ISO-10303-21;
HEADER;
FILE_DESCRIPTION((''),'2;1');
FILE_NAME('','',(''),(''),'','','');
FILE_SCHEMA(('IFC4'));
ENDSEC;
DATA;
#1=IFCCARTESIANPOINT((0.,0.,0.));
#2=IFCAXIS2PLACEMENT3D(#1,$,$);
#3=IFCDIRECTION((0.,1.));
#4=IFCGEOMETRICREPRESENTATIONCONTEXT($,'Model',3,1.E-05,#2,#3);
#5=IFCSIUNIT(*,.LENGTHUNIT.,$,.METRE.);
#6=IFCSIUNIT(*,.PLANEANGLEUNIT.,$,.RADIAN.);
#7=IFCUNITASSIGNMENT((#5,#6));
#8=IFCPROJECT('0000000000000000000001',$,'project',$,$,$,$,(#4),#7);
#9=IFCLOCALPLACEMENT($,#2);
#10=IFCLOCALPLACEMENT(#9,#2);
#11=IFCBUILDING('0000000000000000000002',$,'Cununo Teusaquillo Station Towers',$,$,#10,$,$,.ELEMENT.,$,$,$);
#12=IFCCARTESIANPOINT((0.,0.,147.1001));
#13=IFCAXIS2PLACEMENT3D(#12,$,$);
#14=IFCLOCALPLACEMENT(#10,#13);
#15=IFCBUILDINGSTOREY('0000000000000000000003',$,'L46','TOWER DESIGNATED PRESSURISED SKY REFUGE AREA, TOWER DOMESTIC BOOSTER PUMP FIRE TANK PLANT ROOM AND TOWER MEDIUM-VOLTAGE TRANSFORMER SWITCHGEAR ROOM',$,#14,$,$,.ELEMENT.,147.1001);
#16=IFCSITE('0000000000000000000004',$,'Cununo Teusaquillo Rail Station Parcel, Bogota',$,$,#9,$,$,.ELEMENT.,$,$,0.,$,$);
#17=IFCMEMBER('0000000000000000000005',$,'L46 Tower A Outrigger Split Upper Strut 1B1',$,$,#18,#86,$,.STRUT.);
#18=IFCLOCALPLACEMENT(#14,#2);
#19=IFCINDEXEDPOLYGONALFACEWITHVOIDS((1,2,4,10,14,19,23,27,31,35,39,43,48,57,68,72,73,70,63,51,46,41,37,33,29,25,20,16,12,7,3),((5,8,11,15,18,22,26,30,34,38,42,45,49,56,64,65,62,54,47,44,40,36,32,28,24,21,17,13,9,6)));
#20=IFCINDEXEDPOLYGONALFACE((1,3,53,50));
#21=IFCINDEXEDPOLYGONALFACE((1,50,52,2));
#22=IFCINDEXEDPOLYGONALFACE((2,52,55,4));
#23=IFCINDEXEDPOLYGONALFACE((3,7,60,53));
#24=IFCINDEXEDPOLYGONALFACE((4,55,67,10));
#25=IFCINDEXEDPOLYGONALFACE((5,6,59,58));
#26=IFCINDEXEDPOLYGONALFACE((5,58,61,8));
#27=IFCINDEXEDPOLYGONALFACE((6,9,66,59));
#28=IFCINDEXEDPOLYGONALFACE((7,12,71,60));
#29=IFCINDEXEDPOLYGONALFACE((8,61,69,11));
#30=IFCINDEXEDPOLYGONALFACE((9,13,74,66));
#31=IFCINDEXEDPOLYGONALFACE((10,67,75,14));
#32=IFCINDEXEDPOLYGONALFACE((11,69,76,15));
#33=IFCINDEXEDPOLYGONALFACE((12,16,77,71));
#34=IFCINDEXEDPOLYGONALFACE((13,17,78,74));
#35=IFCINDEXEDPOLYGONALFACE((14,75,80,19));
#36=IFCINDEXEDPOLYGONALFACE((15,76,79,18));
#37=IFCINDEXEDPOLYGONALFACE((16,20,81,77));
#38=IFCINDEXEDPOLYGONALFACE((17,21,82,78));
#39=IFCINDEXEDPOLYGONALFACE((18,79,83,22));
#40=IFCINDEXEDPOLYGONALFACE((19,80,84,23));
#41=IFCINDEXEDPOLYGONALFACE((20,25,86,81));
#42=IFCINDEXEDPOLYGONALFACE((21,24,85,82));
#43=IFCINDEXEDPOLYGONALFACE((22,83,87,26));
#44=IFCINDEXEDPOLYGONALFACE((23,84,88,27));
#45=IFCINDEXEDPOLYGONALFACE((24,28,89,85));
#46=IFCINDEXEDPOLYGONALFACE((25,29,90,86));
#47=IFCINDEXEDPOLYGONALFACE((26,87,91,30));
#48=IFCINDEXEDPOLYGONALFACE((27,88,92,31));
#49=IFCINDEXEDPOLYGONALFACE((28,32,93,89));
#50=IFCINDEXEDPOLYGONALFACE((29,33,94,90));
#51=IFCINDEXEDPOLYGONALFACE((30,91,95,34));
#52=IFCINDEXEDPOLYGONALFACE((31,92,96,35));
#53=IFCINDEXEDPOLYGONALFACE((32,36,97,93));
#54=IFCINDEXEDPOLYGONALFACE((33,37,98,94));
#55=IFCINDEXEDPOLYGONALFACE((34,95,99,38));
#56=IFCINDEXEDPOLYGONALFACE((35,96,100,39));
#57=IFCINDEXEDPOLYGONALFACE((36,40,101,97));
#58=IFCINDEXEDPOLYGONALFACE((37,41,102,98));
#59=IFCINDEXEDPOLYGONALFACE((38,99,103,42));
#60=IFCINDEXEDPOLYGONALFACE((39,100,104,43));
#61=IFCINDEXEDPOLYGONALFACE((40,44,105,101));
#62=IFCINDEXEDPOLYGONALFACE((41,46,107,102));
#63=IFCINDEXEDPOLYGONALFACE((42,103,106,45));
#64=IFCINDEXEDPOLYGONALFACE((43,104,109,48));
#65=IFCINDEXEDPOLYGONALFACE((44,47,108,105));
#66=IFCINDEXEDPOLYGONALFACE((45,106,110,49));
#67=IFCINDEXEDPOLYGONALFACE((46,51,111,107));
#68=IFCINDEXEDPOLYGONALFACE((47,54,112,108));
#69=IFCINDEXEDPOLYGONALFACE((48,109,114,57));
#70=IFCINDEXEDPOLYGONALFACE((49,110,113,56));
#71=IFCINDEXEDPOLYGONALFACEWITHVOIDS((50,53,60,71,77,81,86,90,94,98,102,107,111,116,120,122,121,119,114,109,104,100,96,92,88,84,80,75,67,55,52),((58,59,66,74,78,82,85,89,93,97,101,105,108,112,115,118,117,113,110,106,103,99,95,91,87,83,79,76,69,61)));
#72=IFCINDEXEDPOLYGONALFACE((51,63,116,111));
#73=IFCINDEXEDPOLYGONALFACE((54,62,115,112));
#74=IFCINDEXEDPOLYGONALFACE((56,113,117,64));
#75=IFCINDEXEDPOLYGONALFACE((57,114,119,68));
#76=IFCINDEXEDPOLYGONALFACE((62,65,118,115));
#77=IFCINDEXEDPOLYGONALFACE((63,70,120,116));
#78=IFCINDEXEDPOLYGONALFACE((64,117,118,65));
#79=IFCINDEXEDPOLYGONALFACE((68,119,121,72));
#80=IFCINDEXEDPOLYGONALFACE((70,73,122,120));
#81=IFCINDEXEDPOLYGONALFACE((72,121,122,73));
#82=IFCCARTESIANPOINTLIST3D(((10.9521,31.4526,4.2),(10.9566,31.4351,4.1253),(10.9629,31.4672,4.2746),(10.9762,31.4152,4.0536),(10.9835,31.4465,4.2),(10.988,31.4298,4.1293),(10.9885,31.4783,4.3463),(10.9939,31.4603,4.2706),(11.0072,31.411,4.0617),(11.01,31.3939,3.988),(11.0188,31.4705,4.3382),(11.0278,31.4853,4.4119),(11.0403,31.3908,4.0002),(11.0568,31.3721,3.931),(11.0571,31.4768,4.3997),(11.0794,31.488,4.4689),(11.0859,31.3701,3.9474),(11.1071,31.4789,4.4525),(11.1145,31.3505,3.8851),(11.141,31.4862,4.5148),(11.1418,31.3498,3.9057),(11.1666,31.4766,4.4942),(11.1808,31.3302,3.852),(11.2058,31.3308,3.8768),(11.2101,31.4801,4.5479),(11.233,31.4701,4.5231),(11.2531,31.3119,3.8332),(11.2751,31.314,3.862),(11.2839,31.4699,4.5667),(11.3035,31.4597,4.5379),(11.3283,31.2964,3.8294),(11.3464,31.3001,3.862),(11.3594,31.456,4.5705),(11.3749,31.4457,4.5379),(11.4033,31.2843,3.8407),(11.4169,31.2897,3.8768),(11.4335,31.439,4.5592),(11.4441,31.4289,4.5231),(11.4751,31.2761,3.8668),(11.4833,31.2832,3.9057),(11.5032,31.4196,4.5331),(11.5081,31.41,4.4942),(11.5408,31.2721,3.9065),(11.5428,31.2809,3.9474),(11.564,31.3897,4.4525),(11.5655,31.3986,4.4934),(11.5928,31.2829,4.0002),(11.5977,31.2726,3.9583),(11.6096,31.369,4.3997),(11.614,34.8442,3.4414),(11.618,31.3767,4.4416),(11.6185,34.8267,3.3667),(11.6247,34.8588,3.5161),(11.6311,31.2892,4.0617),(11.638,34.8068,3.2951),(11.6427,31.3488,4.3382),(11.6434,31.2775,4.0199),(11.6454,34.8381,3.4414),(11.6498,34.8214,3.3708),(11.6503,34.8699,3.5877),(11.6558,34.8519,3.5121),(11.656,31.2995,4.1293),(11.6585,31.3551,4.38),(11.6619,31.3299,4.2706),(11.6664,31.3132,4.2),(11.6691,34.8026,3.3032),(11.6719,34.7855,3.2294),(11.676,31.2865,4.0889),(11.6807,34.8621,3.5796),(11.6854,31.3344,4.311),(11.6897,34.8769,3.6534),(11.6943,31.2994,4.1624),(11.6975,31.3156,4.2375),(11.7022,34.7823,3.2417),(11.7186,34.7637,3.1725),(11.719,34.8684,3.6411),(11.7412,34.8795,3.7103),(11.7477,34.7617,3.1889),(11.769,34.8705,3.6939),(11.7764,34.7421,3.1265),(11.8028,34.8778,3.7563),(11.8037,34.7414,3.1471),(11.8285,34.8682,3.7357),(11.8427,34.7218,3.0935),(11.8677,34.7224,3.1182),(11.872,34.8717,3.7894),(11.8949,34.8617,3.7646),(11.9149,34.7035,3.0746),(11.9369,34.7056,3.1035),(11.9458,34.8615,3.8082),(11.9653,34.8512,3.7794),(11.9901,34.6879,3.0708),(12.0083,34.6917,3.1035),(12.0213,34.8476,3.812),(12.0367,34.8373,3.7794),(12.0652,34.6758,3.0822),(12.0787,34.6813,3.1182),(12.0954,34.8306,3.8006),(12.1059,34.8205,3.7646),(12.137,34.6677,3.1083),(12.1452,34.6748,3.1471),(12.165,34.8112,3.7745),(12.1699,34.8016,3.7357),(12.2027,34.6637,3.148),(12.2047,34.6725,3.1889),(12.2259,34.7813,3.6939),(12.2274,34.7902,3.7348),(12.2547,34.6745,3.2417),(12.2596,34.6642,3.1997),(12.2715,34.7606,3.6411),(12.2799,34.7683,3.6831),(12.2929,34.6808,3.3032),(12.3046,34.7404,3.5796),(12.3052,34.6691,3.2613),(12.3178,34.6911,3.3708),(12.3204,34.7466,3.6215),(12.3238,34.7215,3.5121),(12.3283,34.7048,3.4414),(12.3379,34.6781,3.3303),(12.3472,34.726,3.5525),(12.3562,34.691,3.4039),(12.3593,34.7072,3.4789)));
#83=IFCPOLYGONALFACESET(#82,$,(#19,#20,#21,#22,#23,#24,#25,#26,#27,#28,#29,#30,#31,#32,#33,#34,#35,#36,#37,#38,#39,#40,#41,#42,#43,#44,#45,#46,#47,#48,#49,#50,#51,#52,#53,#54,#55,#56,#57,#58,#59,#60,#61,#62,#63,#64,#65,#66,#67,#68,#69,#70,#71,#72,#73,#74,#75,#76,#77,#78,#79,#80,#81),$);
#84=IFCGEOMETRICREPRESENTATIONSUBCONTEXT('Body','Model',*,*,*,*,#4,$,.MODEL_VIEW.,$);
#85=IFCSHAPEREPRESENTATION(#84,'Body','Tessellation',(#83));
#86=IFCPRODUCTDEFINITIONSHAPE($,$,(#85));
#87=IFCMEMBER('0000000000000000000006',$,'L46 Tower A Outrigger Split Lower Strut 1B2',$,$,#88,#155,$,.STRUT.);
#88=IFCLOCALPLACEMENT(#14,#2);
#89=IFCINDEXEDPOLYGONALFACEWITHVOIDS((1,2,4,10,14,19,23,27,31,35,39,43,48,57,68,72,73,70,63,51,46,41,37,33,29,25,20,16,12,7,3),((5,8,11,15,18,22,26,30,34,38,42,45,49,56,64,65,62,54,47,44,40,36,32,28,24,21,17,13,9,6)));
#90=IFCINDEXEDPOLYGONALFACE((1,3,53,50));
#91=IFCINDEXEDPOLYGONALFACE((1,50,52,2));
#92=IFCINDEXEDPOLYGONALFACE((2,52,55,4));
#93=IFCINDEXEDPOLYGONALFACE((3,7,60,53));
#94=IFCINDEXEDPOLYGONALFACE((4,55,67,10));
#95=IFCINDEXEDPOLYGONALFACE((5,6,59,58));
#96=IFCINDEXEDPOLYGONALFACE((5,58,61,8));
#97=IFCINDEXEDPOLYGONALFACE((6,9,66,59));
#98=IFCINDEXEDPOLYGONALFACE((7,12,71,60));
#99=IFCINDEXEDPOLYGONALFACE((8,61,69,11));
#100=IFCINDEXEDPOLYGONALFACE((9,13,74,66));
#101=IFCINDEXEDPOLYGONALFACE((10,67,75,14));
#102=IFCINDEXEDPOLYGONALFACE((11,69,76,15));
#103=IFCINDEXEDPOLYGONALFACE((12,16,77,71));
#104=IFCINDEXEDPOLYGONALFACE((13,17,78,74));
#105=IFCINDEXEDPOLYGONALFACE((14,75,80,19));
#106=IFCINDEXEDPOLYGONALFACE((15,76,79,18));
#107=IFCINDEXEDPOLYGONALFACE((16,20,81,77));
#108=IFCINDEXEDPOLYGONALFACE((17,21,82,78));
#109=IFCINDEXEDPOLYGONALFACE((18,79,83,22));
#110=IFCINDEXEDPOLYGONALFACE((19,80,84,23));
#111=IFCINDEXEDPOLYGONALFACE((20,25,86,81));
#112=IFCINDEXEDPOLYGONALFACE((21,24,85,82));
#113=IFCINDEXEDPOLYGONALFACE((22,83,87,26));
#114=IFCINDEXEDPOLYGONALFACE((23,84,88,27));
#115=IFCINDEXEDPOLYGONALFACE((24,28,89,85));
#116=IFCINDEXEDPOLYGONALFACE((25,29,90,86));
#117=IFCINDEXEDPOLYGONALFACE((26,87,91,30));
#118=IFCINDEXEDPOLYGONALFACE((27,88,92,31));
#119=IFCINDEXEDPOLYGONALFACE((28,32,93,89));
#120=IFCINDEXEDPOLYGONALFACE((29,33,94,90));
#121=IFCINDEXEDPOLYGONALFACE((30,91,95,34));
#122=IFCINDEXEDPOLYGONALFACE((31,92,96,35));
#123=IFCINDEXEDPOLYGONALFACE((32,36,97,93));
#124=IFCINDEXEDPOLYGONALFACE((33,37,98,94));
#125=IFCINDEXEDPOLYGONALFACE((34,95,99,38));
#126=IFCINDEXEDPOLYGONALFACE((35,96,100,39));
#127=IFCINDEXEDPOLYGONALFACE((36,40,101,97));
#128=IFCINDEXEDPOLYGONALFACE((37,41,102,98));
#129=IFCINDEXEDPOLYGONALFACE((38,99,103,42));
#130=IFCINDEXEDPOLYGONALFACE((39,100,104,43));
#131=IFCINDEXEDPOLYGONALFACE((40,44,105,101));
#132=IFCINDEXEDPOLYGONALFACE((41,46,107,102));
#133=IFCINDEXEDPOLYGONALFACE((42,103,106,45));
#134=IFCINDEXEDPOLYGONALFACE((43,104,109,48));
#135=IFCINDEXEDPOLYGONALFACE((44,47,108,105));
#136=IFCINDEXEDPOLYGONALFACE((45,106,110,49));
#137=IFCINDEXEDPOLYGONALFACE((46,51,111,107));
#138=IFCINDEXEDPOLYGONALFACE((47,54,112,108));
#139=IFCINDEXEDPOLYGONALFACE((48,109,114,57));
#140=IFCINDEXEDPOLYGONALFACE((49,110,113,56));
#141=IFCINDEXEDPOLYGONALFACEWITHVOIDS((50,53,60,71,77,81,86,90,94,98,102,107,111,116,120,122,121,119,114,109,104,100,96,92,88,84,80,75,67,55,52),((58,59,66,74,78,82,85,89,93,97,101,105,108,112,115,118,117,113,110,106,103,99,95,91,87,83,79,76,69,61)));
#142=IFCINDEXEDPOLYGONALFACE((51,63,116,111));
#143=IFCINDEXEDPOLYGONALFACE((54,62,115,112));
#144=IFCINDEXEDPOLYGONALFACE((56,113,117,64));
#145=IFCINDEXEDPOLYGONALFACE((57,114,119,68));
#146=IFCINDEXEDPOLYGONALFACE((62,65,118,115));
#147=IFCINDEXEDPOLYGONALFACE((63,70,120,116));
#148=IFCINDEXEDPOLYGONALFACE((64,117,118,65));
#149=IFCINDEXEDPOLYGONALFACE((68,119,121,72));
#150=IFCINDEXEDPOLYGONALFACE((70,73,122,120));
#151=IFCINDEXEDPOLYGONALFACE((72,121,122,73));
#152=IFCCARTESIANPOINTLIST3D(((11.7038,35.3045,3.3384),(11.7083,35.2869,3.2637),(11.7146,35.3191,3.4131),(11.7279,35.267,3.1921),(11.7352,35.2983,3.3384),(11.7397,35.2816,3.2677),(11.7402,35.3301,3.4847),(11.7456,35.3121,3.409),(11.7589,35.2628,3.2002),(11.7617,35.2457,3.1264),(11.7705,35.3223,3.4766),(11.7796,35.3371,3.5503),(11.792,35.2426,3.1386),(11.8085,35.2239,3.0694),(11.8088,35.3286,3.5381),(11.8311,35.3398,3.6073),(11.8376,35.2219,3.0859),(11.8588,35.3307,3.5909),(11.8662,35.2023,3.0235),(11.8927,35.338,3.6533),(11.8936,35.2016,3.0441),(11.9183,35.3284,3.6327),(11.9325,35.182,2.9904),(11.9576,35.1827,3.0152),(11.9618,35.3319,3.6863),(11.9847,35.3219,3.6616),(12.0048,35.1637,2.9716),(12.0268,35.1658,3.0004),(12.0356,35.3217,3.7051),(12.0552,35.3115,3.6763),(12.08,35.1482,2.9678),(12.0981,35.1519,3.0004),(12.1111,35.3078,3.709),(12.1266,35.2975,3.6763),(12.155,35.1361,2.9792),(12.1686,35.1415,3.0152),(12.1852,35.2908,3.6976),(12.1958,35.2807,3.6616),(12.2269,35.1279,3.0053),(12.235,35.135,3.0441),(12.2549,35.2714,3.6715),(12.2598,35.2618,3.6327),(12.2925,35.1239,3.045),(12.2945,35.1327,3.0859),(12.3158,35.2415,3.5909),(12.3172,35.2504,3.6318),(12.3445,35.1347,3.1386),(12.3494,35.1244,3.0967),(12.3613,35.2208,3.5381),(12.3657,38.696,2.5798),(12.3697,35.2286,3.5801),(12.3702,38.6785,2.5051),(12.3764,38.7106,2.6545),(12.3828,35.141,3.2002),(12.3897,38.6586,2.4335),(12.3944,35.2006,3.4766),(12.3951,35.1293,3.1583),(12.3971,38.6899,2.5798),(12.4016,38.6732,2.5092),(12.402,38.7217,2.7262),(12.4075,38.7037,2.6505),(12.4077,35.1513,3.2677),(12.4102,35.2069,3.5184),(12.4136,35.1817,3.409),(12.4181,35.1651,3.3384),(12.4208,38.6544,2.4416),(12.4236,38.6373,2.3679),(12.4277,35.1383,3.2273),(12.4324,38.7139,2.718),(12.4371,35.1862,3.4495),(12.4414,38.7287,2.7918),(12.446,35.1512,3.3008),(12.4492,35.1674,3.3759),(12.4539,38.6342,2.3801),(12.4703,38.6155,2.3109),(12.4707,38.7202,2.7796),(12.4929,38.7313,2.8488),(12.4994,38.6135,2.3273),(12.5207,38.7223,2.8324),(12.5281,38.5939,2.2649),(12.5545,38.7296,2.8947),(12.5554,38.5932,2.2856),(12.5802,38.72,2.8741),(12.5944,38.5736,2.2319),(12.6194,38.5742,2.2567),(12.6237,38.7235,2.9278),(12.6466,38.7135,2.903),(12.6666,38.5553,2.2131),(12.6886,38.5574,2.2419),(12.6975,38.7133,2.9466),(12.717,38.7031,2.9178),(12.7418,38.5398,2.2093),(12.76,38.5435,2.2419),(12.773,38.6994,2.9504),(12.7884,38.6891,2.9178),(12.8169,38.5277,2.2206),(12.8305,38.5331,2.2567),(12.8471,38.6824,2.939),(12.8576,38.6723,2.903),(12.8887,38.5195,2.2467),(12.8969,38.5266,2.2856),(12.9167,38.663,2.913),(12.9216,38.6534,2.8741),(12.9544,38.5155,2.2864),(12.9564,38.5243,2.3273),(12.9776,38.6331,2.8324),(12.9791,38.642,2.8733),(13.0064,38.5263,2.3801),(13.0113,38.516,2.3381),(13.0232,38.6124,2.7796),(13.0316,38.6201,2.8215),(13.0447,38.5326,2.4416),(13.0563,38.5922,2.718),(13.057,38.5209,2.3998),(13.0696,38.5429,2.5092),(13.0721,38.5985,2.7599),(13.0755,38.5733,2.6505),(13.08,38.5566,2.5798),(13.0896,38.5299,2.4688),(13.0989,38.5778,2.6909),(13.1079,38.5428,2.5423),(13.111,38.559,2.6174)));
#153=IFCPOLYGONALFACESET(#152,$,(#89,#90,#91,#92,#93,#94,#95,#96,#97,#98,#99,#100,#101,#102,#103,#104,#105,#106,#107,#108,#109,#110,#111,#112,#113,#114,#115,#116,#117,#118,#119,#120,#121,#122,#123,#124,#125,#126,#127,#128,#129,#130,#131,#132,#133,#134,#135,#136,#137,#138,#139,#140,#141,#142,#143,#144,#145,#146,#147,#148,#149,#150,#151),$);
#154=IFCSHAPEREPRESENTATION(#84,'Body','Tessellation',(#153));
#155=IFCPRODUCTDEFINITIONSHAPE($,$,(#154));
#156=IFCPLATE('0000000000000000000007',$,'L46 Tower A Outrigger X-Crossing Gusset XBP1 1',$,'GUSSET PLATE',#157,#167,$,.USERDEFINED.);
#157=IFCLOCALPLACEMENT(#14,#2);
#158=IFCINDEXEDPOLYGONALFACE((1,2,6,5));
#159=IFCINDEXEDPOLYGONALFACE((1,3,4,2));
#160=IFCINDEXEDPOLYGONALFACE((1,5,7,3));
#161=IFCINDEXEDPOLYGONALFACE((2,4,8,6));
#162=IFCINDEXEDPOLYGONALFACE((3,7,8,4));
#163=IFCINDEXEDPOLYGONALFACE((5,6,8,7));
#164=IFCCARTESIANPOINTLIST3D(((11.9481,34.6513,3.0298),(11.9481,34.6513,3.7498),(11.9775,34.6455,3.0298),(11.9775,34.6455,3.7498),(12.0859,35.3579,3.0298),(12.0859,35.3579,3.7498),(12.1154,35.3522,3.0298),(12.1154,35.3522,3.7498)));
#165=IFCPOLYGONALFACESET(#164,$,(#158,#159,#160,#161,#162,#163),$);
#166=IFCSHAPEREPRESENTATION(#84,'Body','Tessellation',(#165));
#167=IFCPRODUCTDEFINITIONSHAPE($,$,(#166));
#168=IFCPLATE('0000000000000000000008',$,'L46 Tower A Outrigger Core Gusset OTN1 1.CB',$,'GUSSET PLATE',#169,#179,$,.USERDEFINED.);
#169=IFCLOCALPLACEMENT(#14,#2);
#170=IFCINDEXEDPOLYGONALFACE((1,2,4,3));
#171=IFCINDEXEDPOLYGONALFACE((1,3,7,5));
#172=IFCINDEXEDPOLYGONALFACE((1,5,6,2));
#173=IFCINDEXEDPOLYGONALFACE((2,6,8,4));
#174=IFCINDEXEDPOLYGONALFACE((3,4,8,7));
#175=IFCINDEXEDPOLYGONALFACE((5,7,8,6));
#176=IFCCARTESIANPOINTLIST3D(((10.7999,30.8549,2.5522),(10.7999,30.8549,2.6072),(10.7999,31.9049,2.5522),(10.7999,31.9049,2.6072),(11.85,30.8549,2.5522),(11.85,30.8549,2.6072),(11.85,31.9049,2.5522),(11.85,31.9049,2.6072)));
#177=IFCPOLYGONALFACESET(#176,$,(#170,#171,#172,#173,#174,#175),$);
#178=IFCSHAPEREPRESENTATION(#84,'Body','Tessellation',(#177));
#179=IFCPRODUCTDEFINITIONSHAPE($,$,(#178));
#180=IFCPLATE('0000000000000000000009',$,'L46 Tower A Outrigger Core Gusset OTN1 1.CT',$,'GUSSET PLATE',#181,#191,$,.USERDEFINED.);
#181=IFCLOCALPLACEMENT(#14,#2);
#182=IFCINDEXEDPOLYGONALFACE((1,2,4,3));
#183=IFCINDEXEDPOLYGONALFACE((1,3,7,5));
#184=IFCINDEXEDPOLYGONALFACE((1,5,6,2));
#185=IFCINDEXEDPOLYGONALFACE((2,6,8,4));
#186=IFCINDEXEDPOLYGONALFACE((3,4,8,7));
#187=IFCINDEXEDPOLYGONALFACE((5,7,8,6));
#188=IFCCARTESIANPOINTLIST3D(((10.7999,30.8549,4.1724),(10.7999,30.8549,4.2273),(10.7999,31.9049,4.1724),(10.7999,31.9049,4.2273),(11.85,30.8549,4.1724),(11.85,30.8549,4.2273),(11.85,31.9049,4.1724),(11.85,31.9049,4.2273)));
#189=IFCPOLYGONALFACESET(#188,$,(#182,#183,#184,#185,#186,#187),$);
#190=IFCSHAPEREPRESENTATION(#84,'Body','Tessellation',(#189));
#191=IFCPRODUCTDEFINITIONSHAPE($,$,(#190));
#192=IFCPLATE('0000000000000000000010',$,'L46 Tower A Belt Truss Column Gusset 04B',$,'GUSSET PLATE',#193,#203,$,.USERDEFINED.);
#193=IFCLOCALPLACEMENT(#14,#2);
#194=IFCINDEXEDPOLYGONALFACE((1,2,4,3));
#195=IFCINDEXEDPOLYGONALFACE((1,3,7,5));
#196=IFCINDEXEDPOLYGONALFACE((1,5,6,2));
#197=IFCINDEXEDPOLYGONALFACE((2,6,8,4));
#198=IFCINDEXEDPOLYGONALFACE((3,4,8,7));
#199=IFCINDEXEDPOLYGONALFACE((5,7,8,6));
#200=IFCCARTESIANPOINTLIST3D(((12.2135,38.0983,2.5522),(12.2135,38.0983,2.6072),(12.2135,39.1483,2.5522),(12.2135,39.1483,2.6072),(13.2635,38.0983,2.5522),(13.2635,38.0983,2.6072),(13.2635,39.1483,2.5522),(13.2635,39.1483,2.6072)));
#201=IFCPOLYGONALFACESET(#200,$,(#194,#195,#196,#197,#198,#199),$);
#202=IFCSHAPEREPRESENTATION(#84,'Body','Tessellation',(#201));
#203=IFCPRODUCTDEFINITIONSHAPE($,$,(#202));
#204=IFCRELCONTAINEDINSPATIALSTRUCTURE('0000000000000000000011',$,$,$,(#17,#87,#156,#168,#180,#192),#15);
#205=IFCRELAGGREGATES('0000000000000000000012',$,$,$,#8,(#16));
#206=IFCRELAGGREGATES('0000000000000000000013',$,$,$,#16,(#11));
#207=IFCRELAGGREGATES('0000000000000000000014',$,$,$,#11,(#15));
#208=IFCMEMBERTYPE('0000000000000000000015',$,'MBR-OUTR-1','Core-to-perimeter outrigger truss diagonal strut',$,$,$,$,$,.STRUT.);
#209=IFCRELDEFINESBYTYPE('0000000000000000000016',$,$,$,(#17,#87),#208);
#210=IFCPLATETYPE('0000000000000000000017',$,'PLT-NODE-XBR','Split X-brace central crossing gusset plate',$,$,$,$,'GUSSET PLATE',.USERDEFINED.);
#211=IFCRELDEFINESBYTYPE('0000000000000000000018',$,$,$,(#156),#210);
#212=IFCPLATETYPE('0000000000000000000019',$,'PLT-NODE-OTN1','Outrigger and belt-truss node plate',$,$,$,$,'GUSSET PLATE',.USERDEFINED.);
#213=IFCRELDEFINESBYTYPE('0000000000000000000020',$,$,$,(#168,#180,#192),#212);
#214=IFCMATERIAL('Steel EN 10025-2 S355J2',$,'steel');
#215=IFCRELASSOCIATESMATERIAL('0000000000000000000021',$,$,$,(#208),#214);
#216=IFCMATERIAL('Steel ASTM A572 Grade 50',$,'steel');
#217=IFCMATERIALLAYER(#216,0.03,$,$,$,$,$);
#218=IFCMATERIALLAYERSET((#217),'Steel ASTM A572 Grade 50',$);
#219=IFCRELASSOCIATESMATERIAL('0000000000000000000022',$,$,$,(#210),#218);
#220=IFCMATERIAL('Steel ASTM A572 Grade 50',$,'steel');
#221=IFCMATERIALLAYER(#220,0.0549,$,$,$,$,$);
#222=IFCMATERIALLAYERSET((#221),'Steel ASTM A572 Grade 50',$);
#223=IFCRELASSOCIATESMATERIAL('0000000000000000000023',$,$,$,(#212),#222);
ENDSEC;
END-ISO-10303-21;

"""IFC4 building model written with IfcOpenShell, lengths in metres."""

from ifc_helpers import new_model, si_unit, direction, frame, origin, origin_2d, place, context, subcontext, project, spatial, rectangle, hollow_circle, extrude, source, transform, mapped, material, layer, layer_set, material_profile, profile_set, type_object, element, save


model = new_model("IFC4")

# Units and contexts
model_context = context("Model", 3, precision=1e-05, world=origin(), true_north=direction((0.0, 1.0)))
body_context = subcontext(model_context, "Body", "Model", "MODEL_VIEW")
ifc_project = project(units=[si_unit("LENGTHUNIT", "METRE"), si_unit("PLANEANGLEUNIT", "RADIAN")], contexts=[model_context])

# Site, building, storey
site_placement = place(None, origin())
site = spatial("IfcSite", under=ifc_project, at=site_placement, Name="Cununo Teusaquillo Rail Station Parcel, Bogota", CompositionType="ELEMENT", RefElevation=0.0)
building_placement = place(site_placement, origin())
building = spatial("IfcBuilding", under=site, at=building_placement, Name="Cununo Teusaquillo Station Towers", CompositionType="ELEMENT")
storey_placement = place(building_placement, frame((0.0, 0.0, 147.1001)))
storey = spatial("IfcBuildingStorey", under=building, at=storey_placement, Name="L46", Description="TOWER DESIGNATED PRESSURISED SKY REFUGE AREA, TOWER DOMESTIC BOOSTER PUMP FIRE TANK PLANT ROOM AND TOWER MEDIUM-VOLTAGE TRANSFORMER SWITCHGEAR ROOM", CompositionType="ELEMENT", Elevation=147.1001)

# Members
ifc_material_1 = material(Name="Steel EN 10025-2 S355J2", Category="steel")
ifc_material_profile_1 = material_profile(ifc_material_1, hollow_circle(Radius=0.3799, WallThickness=0.032, at=origin_2d()), Name="CHS 760x32")
ifc_profile_set_1 = profile_set([ifc_material_profile_1], Name="Steel EN 10025-2 S355J2")
member_type_1 = type_object("IfcMemberType", Name="MBR-OUTR-1", Description="Core-to-perimeter outrigger truss diagonal strut", PredefinedType="STRUT", material=ifc_profile_set_1)
for number, where, z_axis, x_axis, name in (
    (1, (11.325, 31.3799, 4.2), (0.187081, 0.95866, -0.214408), (-0.981486, 0.191535, 0.0), "L46 Tower A Outrigger Split Upper Strut 1B1"),
    (2, (12.0767, 35.2317, 3.3384), (0.187081, 0.95866, -0.214408), (-0.981486, 0.191535, 0.0), "L46 Tower A Outrigger Split Lower Strut 1B2"),
):
    element("IfcMember", number, at=place(storey_placement, frame(where, z_axis=z_axis, x_axis=x_axis)), inside=storey, type_object=member_type_1, Name=name, PredefinedType="STRUT", context=body_context, shape_type="SweptSolid", body=[
        extrude(hollow_circle(Radius=0.3799, WallThickness=0.032, at=origin_2d()), origin(), (0.0, 0.0, 1.0), 3.5378),
    ])

# Plates
ifc_material_2 = material(Name="Steel ASTM A572 Grade 50", Category="steel")
ifc_layer_1 = layer(ifc_material_2, 0.03)
ifc_layer_set_1 = layer_set([ifc_layer_1], Name="Steel ASTM A572 Grade 50")
plate_type_1 = type_object("IfcPlateType", Name="PLT-NODE-XBR", Description="Split X-brace central crossing gusset plate", ElementType="GUSSET PLATE", PredefinedType="USERDEFINED", material=ifc_layer_set_1)
shared_shape_1 = source(origin(), body_context, "Body", "SweptSolid", [
    extrude(rectangle(XDim=0.72, YDim=0.03, at=origin_2d()), origin(), (0.0, 0.0, 1.0), 0.72),
])
plate_1_placement = place(storey_placement, frame((12.0317, 35.0017, 3.0298), z_axis=(0.0, 0.0, 1.0), x_axis=(0.191494, 0.981494, 0.0)))
element("IfcPlate", 3, at=plate_1_placement, inside=storey, type_object=plate_type_1, Name="L46 Tower A Outrigger X-Crossing Gusset XBP1 1", ObjectType="GUSSET PLATE", PredefinedType="USERDEFINED", context=body_context, shape_type="MappedRepresentation", body=[
    mapped(shared_shape_1, transform((0.0, 0.0, 0.0), x_axis=(1.0, 0.0, 0.0), y_axis=(0.0, 1.0, 0.0), z_axis=(0.0, 0.0, 1.0), scale=1.0)),
])
ifc_material_3 = material(Name="Steel ASTM A572 Grade 50", Category="steel")
ifc_layer_2 = layer(ifc_material_3, 0.0549)
ifc_layer_set_2 = layer_set([ifc_layer_2], Name="Steel ASTM A572 Grade 50")
plate_type_2 = type_object("IfcPlateType", Name="PLT-NODE-OTN1", Description="Outrigger and belt-truss node plate", ElementType="GUSSET PLATE", PredefinedType="USERDEFINED", material=ifc_layer_set_2)
shared_shape_2 = source(origin(), body_context, "Body", "SweptSolid", [
    extrude(rectangle(XDim=1.05, YDim=1.05, at=origin_2d()), origin(), (0.0, 0.0, 1.0), 0.0549),
])
for number, where, z_axis, x_axis, name in (
    (4, (11.325, 31.3799, 2.5522), (0.0, 0.0, 1.0), (1.0, 0.0, 0.0), "L46 Tower A Outrigger Core Gusset OTN1 1.CB"),
    (5, (11.325, 31.3799, 4.1724), (0.0, 0.0, 1.0), (1.0, 0.0, 0.0), "L46 Tower A Outrigger Core Gusset OTN1 1.CT"),
    (6, (12.7385, 38.6233, 2.5522), (0.0, 0.0, 1.0), (1.0, 0.0, 0.0), "L46 Tower A Belt Truss Column Gusset 04B"),
):
    element("IfcPlate", number, at=place(storey_placement, frame(where, z_axis=z_axis, x_axis=x_axis)), inside=storey, type_object=plate_type_2, Name=name, ObjectType="GUSSET PLATE", PredefinedType="USERDEFINED", context=body_context, shape_type="MappedRepresentation", body=[
        mapped(shared_shape_2, transform((0.0, 0.0, 0.0), x_axis=(1.0, 0.0, 0.0), y_axis=(0.0, 1.0, 0.0), z_axis=(0.0, 0.0, 1.0), scale=1.0)),
    ])

save(model, "model.ifc")
